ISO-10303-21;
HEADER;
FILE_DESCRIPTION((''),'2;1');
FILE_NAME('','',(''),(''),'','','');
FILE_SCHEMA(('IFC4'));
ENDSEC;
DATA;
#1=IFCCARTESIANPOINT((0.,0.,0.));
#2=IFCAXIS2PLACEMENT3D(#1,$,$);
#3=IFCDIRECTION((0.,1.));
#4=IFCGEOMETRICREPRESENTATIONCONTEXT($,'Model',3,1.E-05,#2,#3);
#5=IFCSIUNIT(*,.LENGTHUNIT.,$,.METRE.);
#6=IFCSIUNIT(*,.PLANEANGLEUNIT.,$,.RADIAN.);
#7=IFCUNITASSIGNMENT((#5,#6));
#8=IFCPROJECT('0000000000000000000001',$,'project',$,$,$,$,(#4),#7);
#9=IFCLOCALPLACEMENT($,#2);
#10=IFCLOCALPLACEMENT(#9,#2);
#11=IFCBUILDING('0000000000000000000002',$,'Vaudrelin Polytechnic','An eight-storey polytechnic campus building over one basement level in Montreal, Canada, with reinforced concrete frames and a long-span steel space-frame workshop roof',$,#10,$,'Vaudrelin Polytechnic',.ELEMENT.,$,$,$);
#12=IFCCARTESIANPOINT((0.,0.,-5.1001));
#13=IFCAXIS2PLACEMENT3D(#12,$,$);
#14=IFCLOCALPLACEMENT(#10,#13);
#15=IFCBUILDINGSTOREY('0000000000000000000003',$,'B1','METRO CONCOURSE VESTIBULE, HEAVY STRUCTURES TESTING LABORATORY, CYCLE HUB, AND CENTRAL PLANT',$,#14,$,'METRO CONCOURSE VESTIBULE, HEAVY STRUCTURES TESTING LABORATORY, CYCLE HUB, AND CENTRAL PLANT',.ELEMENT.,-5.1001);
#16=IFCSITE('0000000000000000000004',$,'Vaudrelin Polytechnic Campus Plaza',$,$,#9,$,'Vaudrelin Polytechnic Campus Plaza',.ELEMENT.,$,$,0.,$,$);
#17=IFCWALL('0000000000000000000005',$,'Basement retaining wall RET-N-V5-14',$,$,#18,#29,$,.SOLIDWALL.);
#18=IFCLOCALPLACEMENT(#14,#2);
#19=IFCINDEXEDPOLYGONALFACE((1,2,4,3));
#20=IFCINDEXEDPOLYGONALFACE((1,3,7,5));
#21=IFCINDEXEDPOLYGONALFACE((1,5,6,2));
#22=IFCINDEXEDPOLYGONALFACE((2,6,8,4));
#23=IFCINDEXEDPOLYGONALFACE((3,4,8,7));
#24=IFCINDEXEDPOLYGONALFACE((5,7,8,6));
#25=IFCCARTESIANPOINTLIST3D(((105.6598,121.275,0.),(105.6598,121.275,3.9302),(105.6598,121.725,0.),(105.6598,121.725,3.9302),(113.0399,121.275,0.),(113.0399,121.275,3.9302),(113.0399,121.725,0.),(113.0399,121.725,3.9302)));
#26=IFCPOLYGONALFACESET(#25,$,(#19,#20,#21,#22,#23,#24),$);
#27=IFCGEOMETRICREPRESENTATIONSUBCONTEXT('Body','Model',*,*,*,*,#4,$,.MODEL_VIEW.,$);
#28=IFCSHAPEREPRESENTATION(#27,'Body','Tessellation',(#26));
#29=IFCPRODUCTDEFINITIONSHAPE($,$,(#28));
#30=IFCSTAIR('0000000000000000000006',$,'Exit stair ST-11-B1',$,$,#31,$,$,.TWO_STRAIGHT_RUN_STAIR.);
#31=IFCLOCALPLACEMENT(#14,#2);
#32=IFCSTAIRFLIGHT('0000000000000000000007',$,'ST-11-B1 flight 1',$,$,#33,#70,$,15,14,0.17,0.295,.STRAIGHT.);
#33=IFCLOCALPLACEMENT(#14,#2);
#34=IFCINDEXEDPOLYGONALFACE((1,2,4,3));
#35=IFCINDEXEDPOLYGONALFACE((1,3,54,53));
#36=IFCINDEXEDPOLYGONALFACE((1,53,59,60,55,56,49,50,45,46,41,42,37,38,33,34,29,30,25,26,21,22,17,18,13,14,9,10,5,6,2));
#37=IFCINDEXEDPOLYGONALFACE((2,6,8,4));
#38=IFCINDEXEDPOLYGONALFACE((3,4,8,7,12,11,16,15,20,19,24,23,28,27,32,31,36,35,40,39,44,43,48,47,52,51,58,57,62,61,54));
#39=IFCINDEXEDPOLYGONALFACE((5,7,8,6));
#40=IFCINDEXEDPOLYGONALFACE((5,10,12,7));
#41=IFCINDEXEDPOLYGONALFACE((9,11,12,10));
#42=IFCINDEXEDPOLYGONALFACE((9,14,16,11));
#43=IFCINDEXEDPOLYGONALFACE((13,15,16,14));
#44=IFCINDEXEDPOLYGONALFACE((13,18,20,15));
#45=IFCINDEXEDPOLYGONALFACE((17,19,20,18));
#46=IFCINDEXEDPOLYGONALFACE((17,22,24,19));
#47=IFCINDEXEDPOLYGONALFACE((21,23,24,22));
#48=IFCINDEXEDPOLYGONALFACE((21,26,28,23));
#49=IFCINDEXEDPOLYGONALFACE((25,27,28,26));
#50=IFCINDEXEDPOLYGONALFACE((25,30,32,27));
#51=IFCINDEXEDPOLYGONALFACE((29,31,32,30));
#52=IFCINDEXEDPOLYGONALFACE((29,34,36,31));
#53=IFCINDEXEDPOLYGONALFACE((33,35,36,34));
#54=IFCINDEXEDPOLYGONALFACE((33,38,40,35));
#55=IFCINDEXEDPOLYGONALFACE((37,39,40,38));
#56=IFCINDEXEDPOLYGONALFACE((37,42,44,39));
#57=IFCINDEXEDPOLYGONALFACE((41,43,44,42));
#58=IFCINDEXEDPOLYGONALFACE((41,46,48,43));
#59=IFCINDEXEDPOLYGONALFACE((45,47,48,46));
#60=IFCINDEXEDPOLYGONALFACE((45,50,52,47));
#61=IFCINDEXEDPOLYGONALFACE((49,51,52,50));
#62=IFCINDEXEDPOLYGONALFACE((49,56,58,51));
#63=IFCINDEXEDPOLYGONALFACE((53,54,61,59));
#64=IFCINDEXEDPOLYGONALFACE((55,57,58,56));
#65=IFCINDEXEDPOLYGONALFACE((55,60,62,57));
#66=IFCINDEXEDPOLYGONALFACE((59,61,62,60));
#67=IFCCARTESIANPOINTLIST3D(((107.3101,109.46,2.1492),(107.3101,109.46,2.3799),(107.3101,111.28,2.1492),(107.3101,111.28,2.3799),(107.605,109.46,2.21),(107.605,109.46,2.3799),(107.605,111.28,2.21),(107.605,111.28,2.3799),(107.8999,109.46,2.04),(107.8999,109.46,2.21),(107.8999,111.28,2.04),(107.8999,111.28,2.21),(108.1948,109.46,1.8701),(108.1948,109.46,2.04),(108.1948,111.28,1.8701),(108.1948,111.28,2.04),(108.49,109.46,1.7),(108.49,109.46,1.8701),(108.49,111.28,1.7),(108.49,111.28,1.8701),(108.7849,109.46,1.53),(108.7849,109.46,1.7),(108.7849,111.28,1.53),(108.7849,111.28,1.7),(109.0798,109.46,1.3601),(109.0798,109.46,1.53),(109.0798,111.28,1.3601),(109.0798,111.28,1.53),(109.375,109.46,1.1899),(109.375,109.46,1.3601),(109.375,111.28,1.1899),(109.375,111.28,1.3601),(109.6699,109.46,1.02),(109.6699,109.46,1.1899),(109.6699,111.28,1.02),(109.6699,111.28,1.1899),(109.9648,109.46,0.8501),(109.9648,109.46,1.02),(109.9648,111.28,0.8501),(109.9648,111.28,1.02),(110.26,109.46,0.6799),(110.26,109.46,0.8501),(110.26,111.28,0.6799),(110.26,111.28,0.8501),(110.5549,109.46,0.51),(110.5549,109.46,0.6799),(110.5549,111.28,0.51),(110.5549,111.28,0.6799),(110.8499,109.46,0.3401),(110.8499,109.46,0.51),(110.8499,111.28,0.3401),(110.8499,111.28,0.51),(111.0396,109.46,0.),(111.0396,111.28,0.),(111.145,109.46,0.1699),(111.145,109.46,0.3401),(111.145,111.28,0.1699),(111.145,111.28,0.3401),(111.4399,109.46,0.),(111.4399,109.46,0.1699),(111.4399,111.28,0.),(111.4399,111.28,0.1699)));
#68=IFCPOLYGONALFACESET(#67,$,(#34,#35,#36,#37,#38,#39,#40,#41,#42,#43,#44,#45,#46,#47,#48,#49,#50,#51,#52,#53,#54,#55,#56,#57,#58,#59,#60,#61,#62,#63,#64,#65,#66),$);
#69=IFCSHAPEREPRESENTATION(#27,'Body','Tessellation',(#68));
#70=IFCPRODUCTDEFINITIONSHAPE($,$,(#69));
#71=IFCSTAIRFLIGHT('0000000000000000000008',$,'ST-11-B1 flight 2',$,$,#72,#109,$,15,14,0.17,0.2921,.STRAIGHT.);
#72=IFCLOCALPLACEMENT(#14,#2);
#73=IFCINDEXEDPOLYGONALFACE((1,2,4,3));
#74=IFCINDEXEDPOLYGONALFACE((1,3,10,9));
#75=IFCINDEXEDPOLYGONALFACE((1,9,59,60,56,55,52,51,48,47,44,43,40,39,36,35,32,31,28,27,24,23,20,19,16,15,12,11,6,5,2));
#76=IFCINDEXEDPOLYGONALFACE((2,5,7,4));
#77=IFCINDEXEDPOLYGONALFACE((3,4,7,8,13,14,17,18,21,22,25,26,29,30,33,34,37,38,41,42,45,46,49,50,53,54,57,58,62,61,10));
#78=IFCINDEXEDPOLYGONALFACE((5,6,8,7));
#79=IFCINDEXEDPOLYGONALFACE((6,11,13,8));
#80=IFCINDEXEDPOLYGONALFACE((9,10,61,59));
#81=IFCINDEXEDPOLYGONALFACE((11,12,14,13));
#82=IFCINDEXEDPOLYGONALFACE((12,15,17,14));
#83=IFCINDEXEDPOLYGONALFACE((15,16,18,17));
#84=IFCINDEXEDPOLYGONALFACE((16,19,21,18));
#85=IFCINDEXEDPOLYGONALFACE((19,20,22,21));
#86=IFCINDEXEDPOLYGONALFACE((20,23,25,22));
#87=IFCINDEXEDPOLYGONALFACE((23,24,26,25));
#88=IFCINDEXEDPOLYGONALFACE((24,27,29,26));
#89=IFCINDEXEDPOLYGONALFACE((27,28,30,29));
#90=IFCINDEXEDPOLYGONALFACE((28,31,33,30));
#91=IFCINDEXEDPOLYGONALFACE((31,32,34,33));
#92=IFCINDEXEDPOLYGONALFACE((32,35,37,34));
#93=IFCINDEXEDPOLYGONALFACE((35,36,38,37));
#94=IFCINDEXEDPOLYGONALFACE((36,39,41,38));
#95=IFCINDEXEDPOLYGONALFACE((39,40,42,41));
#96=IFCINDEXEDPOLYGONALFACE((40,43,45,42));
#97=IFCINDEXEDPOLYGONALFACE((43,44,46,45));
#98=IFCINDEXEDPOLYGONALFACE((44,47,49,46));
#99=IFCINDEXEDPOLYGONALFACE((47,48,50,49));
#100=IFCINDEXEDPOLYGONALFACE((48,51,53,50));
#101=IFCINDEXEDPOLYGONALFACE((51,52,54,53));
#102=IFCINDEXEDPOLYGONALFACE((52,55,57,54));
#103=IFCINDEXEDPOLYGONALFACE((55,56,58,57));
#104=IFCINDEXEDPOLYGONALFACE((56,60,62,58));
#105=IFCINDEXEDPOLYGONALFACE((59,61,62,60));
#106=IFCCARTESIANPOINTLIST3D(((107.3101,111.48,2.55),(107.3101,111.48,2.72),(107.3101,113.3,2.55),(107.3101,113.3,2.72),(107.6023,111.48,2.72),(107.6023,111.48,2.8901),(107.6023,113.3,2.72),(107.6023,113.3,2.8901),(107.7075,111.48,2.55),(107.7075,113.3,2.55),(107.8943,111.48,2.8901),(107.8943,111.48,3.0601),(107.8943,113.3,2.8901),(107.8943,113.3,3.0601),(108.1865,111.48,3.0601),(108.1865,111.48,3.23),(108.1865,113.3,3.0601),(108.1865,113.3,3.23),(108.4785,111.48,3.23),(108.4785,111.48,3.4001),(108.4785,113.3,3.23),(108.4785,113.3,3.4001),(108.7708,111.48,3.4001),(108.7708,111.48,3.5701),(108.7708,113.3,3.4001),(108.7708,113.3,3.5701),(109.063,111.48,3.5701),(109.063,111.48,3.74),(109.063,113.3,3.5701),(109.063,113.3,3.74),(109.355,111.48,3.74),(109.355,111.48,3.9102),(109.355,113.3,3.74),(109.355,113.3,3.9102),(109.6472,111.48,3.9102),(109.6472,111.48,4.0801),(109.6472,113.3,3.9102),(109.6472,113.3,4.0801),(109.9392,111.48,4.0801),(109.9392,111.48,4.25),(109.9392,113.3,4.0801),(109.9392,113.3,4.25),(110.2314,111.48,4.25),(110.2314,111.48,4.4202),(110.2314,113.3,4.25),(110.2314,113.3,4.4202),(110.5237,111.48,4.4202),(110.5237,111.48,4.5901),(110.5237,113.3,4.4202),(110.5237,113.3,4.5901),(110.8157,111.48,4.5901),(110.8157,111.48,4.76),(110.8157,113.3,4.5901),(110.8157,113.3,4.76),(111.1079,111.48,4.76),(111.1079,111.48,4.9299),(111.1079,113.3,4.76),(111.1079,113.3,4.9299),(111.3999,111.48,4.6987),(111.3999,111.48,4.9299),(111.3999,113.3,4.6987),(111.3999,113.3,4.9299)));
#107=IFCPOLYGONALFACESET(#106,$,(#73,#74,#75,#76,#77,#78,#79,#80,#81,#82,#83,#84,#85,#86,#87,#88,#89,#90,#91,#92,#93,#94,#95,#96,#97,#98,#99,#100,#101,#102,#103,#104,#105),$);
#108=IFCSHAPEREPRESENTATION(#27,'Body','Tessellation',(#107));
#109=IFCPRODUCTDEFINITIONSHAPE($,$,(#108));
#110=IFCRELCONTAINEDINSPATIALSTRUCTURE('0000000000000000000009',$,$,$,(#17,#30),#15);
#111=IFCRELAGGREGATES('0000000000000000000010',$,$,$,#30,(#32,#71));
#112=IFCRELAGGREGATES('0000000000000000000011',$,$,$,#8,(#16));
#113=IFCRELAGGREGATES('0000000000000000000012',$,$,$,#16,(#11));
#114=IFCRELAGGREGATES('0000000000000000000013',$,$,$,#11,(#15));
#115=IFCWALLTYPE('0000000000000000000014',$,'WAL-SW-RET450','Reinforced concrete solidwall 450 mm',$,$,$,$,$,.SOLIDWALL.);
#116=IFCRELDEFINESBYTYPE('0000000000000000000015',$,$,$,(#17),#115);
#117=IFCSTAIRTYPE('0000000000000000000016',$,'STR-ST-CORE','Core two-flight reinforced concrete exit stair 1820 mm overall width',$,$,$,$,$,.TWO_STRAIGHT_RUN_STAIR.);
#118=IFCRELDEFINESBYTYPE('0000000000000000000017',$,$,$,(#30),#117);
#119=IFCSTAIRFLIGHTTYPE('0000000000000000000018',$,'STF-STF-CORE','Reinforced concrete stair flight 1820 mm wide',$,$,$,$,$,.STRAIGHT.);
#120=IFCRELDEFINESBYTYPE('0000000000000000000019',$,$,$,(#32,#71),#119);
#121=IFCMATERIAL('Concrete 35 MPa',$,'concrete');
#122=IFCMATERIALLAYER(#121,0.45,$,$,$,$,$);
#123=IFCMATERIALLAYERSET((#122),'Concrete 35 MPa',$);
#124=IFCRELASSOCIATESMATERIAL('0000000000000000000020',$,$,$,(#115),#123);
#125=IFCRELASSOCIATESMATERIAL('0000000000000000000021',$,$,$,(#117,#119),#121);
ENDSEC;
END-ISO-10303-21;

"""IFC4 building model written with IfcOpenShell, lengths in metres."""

from ifc_helpers import new_model, si_unit, direction, frame, frame_2d, origin, place, context, subcontext, project, spatial, polyline, rectangle, outline, extrude, material, layer, layer_set, type_object, element, aggregate, save


model = new_model("IFC4")

# Units and contexts
model_context = context("Model", 3, precision=1e-05, world=origin(), true_north=direction((0.0, 1.0)))
body_context = subcontext(model_context, "Body", "Model", "MODEL_VIEW")
ifc_project = project(units=[si_unit("LENGTHUNIT", "METRE"), si_unit("PLANEANGLEUNIT", "RADIAN")], contexts=[model_context])

# Site, building, storey
site_placement = place(None, origin())
site = spatial("IfcSite", under=ifc_project, at=site_placement, Name="Vaudrelin Polytechnic Campus Plaza", LongName="Vaudrelin Polytechnic Campus Plaza", CompositionType="ELEMENT", RefElevation=0.0)
building_placement = place(site_placement, origin())
building = spatial("IfcBuilding", under=site, at=building_placement, Name="Vaudrelin Polytechnic", Description="An eight-storey polytechnic campus building over one basement level in Montreal, Canada, with reinforced concrete frames and a long-span steel space-frame workshop roof", LongName="Vaudrelin Polytechnic", CompositionType="ELEMENT")
storey_placement = place(building_placement, frame((0.0, 0.0, -5.1001)))
storey = spatial("IfcBuildingStorey", under=building, at=storey_placement, Name="B1", Description="METRO CONCOURSE VESTIBULE, HEAVY STRUCTURES TESTING LABORATORY, CYCLE HUB, AND CENTRAL PLANT", LongName="METRO CONCOURSE VESTIBULE, HEAVY STRUCTURES TESTING LABORATORY, CYCLE HUB, AND CENTRAL PLANT", CompositionType="ELEMENT", Elevation=-5.1001)

# Wall
ifc_material_1 = material(Name="Concrete 35 MPa", Category="concrete")
ifc_layer_1 = layer(ifc_material_1, 0.45)
ifc_layer_set_1 = layer_set([ifc_layer_1], Name="Concrete 35 MPa")
wall_type_1 = type_object("IfcWallType", Name="WAL-SW-RET450", Description="Reinforced concrete solidwall 450 mm", PredefinedType="SOLIDWALL", material=ifc_layer_set_1)
wall_1_placement = place(storey_placement, frame((105.6599, 121.5, 0.0), z_axis=(0.0, 0.0, 1.0), x_axis=(1.0, 0.0, 0.0)))
element("IfcWall", 1, at=wall_1_placement, inside=storey, type_object=wall_type_1, Name="Basement retaining wall RET-N-V5-14", PredefinedType="SOLIDWALL", context=body_context, shape_type="SweptSolid", body=[
    extrude(rectangle(XDim=7.3801, YDim=0.45, at=frame_2d((3.6899, 0.0))), origin(), (0.0, 0.0, 1.0), 3.9302),
])

# Stair, stair flights
stair_type = type_object("IfcStairType", Name="STR-ST-CORE", Description="Core two-flight reinforced concrete exit stair 1820 mm overall width", PredefinedType="TWO_STRAIGHT_RUN_STAIR", material=ifc_material_1)
stair_placement = place(storey_placement, origin())
stair = element("IfcStair", 2, at=stair_placement, inside=storey, type_object=stair_type, Name="Exit stair ST-11-B1", PredefinedType="TWO_STRAIGHT_RUN_STAIR")
stair_flight_type = type_object("IfcStairFlightType", Name="STF-STF-CORE", Description="Reinforced concrete stair flight 1820 mm wide", PredefinedType="STRAIGHT", material=ifc_material_1)
stair_flight_1_placement = place(storey_placement, frame((111.4399, 110.3701, 0.0), z_axis=(0.0, 0.0, 1.0), x_axis=(-1.0, 0.0, 0.0)))
stair_flight_1 = element("IfcStairFlight", 3, at=stair_flight_1_placement, type_object=stair_flight_type, Name="ST-11-B1 flight 1", NumberOfRisers=15, NumberOfTreads=14, PredefinedType="STRAIGHT", RiserHeight=0.17, TreadLength=0.295, context=body_context, shape_type="SweptSolid", body=[
    extrude(outline(polyline([(0.0, 0.0), (0.0, 0.1699), (0.2949, 0.1699), (0.2949, 0.3401), (0.5901, 0.3401), (0.5901, 0.51), (0.885, 0.51), (0.885, 0.6799), (1.1799, 0.6799), (1.1799, 0.8501), (1.4751, 0.8501), (1.4751, 1.02), (1.77, 1.02), (1.77, 1.1899), (2.0649, 1.1899), (2.0649, 1.3601), (2.3601, 1.3601), (2.3601, 1.53), (2.655, 1.53), (2.655, 1.7), (2.95, 1.7), (2.95, 1.8701), (3.2451, 1.8701), (3.2451, 2.04), (3.54, 2.04), (3.54, 2.21), (3.835, 2.21), (3.835, 2.3799), (4.1299, 2.3799), (4.1299, 2.55), (4.1299, 2.1492), (0.4004, 0.0), (0.0, 0.0)])), frame((0.0, 0.9102, 0.0), z_axis=(0.0, -1.0, 0.0), x_axis=(1.0, 0.0, 0.0)), (0.0, 0.0, 1.0), 1.8201),
])
stair_flight_2_placement = place(storey_placement, frame((107.3101, 112.3899, 2.55), z_axis=(0.0, 0.0, 1.0), x_axis=(1.0, 0.0, 0.0)))
stair_flight_2 = element("IfcStairFlight", 4, at=stair_flight_2_placement, type_object=stair_flight_type, Name="ST-11-B1 flight 2", NumberOfRisers=15, NumberOfTreads=14, PredefinedType="STRAIGHT", RiserHeight=0.17, TreadLength=0.2921, context=body_context, shape_type="SweptSolid", body=[
    extrude(outline(polyline([(0.0, 0.0), (0.0, 0.1699), (0.2922, 0.1699), (0.2922, 0.3401), (0.5842, 0.3401), (0.5842, 0.51), (0.8765, 0.51), (0.8765, 0.6799), (1.1685, 0.6799), (1.1685, 0.8501), (1.4607, 0.8501), (1.4607, 1.02), (1.7529, 1.02), (1.7529, 1.1899), (2.0449, 1.1899), (2.0449, 1.3601), (2.3372, 1.3601), (2.3372, 1.53), (2.6292, 1.53), (2.6292, 1.7), (2.9214, 1.7), (2.9214, 1.8701), (3.2136, 1.8701), (3.2136, 2.04), (3.5056, 2.04), (3.5056, 2.21), (3.7979, 2.21), (3.7979, 2.3799), (4.0898, 2.3799), (4.0898, 2.55), (4.0898, 2.1487), (0.3975, 0.0), (0.0, 0.0)])), frame((0.0, 0.9102, 0.0), z_axis=(0.0, -1.0, 0.0), x_axis=(1.0, 0.0, 0.0)), (0.0, 0.0, 1.0), 1.8201),
])
aggregate(stair, [stair_flight_1, stair_flight_2])

save(model, "model.ifc")
